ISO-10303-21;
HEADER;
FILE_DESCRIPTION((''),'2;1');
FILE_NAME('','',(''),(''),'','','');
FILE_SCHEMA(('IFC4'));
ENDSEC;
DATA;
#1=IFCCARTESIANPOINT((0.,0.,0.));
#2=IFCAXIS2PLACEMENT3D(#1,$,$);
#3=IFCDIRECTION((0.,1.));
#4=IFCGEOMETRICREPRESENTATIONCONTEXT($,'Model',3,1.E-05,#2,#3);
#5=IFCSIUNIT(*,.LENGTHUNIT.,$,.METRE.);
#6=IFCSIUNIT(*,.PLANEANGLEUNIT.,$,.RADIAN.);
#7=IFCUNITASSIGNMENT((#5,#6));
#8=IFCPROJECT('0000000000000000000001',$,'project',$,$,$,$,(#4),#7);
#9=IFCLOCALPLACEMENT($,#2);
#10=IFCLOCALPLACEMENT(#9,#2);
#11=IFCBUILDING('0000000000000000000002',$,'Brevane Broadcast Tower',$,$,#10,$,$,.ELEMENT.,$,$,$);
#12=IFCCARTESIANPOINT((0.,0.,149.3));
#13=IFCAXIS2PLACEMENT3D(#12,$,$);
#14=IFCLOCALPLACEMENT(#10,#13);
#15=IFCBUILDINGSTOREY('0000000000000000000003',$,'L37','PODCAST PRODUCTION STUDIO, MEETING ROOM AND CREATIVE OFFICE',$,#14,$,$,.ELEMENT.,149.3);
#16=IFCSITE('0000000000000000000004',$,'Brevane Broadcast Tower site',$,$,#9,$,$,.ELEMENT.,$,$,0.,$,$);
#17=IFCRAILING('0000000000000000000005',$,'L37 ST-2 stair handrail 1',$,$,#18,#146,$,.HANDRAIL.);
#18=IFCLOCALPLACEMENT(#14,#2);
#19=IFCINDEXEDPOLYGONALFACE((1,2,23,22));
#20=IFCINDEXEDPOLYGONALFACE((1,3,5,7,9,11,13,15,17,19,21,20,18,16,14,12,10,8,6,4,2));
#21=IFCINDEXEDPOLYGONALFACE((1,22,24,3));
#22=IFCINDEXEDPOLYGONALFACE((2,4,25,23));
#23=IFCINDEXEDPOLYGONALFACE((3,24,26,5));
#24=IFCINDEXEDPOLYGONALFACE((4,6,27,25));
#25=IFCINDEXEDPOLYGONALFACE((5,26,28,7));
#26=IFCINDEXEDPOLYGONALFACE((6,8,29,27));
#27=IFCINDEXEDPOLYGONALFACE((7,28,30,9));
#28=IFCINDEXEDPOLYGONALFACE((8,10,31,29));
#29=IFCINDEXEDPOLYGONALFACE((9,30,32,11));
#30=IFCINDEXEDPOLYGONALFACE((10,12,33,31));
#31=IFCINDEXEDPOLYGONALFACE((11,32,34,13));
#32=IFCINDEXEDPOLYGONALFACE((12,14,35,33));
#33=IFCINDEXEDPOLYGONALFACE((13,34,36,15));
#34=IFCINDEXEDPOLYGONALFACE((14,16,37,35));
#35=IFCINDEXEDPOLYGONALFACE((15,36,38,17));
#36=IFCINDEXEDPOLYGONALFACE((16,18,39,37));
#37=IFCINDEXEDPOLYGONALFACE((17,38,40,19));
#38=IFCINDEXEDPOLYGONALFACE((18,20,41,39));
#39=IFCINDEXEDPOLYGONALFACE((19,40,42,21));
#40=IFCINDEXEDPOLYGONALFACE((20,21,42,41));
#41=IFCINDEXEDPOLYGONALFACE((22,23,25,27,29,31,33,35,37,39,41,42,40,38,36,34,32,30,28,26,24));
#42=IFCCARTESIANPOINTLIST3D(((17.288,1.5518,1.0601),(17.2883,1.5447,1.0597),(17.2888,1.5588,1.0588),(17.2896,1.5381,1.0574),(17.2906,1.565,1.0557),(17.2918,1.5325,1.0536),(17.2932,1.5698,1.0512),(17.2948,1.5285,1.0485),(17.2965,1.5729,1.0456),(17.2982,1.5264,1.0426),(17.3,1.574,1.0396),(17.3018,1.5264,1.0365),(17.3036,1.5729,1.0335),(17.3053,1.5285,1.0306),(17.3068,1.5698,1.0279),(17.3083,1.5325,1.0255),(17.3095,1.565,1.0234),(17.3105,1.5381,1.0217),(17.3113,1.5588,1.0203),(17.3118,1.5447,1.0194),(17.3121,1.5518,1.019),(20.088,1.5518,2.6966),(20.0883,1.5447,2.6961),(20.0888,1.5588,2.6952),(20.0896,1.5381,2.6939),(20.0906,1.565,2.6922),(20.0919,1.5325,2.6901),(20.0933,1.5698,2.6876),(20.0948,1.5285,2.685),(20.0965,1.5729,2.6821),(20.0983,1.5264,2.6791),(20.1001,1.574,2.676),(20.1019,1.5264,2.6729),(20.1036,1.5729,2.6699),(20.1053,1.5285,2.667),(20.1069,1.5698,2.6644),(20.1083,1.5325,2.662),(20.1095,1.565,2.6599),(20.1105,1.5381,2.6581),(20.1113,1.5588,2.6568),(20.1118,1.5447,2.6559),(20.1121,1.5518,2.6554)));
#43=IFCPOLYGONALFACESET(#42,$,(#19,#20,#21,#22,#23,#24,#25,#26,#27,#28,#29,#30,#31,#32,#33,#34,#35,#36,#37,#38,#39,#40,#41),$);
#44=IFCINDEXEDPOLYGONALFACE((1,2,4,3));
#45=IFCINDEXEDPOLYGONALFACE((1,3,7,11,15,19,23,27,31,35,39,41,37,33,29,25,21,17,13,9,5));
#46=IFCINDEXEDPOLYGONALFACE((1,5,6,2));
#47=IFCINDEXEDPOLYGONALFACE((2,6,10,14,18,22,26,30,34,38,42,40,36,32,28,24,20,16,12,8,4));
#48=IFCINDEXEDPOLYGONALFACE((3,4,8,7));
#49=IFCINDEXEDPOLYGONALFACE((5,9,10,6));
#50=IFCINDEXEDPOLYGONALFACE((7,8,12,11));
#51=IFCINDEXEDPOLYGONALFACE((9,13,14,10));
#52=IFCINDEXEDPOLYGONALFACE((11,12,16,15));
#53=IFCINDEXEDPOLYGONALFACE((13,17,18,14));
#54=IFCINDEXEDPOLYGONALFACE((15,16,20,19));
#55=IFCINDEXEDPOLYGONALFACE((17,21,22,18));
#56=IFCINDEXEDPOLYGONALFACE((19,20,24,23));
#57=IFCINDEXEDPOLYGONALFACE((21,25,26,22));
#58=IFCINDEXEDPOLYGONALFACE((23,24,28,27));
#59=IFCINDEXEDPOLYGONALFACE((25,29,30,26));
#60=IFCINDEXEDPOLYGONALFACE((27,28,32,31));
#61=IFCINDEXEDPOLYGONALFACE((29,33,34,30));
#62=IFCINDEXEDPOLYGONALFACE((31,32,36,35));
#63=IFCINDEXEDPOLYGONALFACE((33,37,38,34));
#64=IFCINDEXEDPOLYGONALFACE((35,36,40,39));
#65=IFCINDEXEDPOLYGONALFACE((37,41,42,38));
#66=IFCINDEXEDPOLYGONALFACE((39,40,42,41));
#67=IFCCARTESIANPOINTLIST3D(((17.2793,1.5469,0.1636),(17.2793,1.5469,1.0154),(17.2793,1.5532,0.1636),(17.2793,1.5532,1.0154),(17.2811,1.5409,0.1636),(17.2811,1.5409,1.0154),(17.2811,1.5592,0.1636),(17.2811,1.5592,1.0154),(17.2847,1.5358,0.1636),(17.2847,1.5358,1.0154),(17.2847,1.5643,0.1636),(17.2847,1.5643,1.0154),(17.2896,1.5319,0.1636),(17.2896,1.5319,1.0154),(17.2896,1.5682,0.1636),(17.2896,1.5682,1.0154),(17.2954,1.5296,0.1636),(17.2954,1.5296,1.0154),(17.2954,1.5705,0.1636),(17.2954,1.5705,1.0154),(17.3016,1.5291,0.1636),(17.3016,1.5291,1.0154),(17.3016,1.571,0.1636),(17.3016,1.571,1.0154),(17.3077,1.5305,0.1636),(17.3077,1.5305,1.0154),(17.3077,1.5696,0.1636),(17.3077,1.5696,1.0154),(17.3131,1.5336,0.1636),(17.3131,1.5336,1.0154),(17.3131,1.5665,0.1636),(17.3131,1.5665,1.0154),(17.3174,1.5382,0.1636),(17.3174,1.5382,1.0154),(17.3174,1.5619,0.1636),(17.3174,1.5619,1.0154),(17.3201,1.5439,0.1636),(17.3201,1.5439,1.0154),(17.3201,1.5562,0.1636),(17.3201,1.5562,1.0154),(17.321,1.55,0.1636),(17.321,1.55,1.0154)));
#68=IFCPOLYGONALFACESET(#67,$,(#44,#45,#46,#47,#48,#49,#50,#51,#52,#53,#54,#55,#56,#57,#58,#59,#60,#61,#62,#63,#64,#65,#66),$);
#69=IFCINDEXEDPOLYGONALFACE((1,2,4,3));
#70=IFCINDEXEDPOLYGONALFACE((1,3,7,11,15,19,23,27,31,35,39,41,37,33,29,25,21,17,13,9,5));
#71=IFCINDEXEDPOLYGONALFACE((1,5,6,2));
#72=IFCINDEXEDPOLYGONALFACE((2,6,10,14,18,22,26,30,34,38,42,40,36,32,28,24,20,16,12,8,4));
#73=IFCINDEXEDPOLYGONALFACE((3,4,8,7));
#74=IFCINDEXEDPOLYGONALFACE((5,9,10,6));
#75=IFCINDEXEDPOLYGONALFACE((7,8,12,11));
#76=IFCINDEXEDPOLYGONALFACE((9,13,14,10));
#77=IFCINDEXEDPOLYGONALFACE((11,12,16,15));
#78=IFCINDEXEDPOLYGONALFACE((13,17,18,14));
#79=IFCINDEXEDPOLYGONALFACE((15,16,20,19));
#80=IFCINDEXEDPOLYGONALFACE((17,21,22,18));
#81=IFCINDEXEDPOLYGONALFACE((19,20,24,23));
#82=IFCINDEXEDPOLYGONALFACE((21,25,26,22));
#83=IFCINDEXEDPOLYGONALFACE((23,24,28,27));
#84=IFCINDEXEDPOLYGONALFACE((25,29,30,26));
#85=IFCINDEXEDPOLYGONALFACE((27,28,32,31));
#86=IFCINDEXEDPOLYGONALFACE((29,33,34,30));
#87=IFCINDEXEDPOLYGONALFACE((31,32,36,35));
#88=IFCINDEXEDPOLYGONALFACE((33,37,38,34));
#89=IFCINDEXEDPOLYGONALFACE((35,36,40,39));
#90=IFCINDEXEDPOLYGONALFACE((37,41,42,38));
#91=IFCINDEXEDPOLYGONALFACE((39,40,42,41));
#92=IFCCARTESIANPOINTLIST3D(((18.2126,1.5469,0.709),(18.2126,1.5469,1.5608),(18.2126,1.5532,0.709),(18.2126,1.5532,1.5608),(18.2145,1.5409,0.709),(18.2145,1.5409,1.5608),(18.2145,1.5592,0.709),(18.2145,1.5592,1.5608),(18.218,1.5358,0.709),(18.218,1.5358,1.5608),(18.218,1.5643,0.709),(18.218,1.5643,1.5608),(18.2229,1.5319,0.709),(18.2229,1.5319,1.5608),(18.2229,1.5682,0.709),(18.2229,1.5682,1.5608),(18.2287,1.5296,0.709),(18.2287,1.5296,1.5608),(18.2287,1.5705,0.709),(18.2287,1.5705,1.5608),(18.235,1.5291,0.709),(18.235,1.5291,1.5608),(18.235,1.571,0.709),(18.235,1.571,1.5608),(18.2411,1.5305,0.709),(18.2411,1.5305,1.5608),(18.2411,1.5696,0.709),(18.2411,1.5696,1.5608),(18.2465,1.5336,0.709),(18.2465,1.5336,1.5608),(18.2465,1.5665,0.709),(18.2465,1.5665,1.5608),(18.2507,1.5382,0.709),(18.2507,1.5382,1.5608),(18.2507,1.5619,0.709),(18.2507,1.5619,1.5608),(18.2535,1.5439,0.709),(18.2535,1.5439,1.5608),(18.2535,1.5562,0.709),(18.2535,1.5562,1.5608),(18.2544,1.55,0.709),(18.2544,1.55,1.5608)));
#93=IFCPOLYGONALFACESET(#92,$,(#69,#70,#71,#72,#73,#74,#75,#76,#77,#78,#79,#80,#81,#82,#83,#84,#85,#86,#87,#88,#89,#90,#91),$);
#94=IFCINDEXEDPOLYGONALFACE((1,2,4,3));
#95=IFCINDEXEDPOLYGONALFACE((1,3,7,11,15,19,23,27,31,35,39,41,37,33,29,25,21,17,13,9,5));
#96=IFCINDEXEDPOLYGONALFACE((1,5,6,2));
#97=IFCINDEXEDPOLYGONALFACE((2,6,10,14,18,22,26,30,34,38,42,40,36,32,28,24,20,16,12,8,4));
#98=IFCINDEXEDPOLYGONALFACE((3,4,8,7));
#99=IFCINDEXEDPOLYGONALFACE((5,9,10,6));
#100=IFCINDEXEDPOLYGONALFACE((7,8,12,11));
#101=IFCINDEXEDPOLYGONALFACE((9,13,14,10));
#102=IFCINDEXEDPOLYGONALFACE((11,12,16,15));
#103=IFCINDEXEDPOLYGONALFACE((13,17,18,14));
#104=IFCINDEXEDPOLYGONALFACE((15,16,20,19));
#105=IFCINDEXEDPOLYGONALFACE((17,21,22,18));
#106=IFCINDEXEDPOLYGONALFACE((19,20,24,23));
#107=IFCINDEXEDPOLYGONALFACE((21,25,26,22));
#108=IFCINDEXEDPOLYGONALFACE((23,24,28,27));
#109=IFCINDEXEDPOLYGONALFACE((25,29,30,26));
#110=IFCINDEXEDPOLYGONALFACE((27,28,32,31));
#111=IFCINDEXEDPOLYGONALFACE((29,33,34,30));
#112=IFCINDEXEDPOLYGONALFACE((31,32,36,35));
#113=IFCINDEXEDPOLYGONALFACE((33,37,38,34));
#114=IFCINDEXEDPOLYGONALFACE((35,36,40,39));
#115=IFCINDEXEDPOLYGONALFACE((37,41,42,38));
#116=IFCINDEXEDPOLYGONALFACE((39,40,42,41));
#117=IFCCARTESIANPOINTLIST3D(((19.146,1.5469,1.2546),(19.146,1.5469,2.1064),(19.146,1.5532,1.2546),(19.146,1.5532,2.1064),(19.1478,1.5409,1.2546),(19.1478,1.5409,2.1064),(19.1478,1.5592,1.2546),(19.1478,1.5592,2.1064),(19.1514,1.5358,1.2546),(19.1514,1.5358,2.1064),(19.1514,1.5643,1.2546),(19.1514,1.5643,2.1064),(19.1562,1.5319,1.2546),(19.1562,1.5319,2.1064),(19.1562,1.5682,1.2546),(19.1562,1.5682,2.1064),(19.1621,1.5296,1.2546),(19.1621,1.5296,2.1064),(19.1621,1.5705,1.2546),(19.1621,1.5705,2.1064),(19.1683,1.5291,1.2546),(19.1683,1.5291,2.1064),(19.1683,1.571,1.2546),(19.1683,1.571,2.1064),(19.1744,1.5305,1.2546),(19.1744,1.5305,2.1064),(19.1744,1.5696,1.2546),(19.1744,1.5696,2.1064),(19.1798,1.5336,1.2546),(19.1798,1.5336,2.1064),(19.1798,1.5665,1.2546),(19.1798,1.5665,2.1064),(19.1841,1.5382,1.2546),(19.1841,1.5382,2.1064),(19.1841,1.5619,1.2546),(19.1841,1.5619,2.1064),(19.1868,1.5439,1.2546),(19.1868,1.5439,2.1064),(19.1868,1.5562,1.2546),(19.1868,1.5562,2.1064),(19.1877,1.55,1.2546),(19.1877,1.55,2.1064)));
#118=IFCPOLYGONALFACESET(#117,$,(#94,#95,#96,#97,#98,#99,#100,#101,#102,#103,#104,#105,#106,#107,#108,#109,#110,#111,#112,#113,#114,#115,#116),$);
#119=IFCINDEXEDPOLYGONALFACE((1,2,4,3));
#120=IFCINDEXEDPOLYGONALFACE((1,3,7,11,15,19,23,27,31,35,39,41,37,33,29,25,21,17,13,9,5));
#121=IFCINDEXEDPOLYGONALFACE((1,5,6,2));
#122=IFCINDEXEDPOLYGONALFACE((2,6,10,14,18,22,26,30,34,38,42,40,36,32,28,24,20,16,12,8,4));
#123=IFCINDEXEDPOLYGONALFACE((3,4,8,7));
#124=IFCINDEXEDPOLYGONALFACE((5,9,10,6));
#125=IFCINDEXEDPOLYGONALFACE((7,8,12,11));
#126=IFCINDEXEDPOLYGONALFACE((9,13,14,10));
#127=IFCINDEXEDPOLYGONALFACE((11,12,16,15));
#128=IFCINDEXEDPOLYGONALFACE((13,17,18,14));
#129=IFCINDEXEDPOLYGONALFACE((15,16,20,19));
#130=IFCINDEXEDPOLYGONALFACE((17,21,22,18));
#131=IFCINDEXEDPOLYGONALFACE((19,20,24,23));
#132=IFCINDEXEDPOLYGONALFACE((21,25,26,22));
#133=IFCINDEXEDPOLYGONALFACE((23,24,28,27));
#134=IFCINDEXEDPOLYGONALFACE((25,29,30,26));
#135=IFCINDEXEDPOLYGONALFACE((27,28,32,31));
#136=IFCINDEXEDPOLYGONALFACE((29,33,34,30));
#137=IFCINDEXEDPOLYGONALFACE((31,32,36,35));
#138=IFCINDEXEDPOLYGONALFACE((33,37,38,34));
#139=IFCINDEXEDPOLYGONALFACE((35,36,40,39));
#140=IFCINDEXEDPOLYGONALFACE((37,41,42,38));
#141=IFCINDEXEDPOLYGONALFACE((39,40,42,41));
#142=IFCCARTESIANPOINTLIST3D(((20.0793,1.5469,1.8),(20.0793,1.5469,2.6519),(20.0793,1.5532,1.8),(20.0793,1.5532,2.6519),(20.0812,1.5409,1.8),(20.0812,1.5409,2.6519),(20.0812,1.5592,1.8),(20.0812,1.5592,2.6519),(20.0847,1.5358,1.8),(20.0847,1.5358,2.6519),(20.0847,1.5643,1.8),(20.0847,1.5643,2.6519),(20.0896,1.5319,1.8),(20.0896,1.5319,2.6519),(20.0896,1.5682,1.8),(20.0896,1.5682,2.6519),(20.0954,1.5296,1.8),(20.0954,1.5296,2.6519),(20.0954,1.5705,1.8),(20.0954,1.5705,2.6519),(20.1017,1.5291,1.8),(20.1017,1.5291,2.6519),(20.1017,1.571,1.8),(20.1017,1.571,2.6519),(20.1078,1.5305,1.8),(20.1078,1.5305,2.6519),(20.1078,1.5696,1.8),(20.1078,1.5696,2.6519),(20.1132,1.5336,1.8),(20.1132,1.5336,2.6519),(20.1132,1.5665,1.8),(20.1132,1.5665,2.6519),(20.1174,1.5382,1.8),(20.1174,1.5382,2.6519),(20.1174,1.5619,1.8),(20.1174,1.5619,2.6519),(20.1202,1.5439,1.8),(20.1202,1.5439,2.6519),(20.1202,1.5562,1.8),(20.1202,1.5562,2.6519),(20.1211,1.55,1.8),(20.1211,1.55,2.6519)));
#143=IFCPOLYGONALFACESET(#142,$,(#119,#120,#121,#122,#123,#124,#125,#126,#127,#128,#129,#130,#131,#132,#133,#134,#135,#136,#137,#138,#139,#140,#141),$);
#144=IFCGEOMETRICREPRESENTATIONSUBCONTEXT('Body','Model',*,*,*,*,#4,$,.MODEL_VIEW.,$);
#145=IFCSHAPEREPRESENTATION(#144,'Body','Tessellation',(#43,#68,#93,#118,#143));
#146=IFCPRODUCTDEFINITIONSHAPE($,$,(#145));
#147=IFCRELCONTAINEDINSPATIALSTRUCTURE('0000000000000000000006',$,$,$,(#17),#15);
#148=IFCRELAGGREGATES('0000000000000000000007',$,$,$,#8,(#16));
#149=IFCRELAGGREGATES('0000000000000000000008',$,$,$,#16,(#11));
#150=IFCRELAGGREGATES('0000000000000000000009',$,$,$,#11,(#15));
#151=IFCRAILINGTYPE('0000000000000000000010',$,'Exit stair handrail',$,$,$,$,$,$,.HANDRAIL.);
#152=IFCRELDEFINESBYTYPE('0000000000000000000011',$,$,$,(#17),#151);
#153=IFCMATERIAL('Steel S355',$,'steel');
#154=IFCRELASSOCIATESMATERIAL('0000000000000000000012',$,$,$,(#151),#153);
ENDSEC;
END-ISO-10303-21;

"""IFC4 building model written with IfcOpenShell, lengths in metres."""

from ifc_helpers import new_model, si_unit, direction, frame, origin, origin_2d, place, context, subcontext, project, spatial, circle, extrude, material, type_object, element, save


model = new_model("IFC4")

# Units and contexts
model_context = context("Model", 3, precision=1e-05, world=origin(), true_north=direction((0.0, 1.0)))
body_context = subcontext(model_context, "Body", "Model", "MODEL_VIEW")
ifc_project = project(units=[si_unit("LENGTHUNIT", "METRE"), si_unit("PLANEANGLEUNIT", "RADIAN")], contexts=[model_context])

# Site, building, storey
site_placement = place(None, origin())
site = spatial("IfcSite", under=ifc_project, at=site_placement, Name="Brevane Broadcast Tower site", CompositionType="ELEMENT", RefElevation=0.0)
building_placement = place(site_placement, origin())
building = spatial("IfcBuilding", under=site, at=building_placement, Name="Brevane Broadcast Tower", CompositionType="ELEMENT")
storey_placement = place(building_placement, frame((0.0, 0.0, 149.3)))
storey = spatial("IfcBuildingStorey", under=building, at=storey_placement, Name="L37", Description="PODCAST PRODUCTION STUDIO, MEETING ROOM AND CREATIVE OFFICE", CompositionType="ELEMENT", Elevation=149.3)

# Railing
ifc_material_1 = material(Name="Steel S355", Category="steel")
railing_type_1 = type_object("IfcRailingType", Name="Exit stair handrail", PredefinedType="HANDRAIL", material=ifc_material_1)
railing_1_placement = place(storey_placement, frame((17.3, 1.55, 0.1636)))
element("IfcRailing", 1, at=railing_1_placement, inside=storey, type_object=railing_type_1, Name="L37 ST-2 stair handrail 1", PredefinedType="HANDRAIL", context=body_context, shape_type="SweptSolid", body=[
    extrude(circle(Radius=0.0239, at=origin_2d()), frame((0.0, 0.0, 0.876), z_axis=(0.863361, 0.0, 0.504587), x_axis=(0.0, 1.0, 0.0)), (0.0, 0.0, 1.0), 3.2432),
    extrude(circle(Radius=0.021, at=origin_2d()), origin(), (0.0, 0.0, 1.0), 0.8518),
    extrude(circle(Radius=0.021, at=origin_2d()), frame((0.9333, 0.0, 0.5454)), (0.0, 0.0, 1.0), 0.8518),
    extrude(circle(Radius=0.021, at=origin_2d()), frame((1.8667, 0.0, 1.0911)), (0.0, 0.0, 1.0), 0.8518),
    extrude(circle(Radius=0.021, at=origin_2d()), frame((2.8, 0.0, 1.6365)), (0.0, 0.0, 1.0), 0.8518),
])

save(model, "model.ifc")
